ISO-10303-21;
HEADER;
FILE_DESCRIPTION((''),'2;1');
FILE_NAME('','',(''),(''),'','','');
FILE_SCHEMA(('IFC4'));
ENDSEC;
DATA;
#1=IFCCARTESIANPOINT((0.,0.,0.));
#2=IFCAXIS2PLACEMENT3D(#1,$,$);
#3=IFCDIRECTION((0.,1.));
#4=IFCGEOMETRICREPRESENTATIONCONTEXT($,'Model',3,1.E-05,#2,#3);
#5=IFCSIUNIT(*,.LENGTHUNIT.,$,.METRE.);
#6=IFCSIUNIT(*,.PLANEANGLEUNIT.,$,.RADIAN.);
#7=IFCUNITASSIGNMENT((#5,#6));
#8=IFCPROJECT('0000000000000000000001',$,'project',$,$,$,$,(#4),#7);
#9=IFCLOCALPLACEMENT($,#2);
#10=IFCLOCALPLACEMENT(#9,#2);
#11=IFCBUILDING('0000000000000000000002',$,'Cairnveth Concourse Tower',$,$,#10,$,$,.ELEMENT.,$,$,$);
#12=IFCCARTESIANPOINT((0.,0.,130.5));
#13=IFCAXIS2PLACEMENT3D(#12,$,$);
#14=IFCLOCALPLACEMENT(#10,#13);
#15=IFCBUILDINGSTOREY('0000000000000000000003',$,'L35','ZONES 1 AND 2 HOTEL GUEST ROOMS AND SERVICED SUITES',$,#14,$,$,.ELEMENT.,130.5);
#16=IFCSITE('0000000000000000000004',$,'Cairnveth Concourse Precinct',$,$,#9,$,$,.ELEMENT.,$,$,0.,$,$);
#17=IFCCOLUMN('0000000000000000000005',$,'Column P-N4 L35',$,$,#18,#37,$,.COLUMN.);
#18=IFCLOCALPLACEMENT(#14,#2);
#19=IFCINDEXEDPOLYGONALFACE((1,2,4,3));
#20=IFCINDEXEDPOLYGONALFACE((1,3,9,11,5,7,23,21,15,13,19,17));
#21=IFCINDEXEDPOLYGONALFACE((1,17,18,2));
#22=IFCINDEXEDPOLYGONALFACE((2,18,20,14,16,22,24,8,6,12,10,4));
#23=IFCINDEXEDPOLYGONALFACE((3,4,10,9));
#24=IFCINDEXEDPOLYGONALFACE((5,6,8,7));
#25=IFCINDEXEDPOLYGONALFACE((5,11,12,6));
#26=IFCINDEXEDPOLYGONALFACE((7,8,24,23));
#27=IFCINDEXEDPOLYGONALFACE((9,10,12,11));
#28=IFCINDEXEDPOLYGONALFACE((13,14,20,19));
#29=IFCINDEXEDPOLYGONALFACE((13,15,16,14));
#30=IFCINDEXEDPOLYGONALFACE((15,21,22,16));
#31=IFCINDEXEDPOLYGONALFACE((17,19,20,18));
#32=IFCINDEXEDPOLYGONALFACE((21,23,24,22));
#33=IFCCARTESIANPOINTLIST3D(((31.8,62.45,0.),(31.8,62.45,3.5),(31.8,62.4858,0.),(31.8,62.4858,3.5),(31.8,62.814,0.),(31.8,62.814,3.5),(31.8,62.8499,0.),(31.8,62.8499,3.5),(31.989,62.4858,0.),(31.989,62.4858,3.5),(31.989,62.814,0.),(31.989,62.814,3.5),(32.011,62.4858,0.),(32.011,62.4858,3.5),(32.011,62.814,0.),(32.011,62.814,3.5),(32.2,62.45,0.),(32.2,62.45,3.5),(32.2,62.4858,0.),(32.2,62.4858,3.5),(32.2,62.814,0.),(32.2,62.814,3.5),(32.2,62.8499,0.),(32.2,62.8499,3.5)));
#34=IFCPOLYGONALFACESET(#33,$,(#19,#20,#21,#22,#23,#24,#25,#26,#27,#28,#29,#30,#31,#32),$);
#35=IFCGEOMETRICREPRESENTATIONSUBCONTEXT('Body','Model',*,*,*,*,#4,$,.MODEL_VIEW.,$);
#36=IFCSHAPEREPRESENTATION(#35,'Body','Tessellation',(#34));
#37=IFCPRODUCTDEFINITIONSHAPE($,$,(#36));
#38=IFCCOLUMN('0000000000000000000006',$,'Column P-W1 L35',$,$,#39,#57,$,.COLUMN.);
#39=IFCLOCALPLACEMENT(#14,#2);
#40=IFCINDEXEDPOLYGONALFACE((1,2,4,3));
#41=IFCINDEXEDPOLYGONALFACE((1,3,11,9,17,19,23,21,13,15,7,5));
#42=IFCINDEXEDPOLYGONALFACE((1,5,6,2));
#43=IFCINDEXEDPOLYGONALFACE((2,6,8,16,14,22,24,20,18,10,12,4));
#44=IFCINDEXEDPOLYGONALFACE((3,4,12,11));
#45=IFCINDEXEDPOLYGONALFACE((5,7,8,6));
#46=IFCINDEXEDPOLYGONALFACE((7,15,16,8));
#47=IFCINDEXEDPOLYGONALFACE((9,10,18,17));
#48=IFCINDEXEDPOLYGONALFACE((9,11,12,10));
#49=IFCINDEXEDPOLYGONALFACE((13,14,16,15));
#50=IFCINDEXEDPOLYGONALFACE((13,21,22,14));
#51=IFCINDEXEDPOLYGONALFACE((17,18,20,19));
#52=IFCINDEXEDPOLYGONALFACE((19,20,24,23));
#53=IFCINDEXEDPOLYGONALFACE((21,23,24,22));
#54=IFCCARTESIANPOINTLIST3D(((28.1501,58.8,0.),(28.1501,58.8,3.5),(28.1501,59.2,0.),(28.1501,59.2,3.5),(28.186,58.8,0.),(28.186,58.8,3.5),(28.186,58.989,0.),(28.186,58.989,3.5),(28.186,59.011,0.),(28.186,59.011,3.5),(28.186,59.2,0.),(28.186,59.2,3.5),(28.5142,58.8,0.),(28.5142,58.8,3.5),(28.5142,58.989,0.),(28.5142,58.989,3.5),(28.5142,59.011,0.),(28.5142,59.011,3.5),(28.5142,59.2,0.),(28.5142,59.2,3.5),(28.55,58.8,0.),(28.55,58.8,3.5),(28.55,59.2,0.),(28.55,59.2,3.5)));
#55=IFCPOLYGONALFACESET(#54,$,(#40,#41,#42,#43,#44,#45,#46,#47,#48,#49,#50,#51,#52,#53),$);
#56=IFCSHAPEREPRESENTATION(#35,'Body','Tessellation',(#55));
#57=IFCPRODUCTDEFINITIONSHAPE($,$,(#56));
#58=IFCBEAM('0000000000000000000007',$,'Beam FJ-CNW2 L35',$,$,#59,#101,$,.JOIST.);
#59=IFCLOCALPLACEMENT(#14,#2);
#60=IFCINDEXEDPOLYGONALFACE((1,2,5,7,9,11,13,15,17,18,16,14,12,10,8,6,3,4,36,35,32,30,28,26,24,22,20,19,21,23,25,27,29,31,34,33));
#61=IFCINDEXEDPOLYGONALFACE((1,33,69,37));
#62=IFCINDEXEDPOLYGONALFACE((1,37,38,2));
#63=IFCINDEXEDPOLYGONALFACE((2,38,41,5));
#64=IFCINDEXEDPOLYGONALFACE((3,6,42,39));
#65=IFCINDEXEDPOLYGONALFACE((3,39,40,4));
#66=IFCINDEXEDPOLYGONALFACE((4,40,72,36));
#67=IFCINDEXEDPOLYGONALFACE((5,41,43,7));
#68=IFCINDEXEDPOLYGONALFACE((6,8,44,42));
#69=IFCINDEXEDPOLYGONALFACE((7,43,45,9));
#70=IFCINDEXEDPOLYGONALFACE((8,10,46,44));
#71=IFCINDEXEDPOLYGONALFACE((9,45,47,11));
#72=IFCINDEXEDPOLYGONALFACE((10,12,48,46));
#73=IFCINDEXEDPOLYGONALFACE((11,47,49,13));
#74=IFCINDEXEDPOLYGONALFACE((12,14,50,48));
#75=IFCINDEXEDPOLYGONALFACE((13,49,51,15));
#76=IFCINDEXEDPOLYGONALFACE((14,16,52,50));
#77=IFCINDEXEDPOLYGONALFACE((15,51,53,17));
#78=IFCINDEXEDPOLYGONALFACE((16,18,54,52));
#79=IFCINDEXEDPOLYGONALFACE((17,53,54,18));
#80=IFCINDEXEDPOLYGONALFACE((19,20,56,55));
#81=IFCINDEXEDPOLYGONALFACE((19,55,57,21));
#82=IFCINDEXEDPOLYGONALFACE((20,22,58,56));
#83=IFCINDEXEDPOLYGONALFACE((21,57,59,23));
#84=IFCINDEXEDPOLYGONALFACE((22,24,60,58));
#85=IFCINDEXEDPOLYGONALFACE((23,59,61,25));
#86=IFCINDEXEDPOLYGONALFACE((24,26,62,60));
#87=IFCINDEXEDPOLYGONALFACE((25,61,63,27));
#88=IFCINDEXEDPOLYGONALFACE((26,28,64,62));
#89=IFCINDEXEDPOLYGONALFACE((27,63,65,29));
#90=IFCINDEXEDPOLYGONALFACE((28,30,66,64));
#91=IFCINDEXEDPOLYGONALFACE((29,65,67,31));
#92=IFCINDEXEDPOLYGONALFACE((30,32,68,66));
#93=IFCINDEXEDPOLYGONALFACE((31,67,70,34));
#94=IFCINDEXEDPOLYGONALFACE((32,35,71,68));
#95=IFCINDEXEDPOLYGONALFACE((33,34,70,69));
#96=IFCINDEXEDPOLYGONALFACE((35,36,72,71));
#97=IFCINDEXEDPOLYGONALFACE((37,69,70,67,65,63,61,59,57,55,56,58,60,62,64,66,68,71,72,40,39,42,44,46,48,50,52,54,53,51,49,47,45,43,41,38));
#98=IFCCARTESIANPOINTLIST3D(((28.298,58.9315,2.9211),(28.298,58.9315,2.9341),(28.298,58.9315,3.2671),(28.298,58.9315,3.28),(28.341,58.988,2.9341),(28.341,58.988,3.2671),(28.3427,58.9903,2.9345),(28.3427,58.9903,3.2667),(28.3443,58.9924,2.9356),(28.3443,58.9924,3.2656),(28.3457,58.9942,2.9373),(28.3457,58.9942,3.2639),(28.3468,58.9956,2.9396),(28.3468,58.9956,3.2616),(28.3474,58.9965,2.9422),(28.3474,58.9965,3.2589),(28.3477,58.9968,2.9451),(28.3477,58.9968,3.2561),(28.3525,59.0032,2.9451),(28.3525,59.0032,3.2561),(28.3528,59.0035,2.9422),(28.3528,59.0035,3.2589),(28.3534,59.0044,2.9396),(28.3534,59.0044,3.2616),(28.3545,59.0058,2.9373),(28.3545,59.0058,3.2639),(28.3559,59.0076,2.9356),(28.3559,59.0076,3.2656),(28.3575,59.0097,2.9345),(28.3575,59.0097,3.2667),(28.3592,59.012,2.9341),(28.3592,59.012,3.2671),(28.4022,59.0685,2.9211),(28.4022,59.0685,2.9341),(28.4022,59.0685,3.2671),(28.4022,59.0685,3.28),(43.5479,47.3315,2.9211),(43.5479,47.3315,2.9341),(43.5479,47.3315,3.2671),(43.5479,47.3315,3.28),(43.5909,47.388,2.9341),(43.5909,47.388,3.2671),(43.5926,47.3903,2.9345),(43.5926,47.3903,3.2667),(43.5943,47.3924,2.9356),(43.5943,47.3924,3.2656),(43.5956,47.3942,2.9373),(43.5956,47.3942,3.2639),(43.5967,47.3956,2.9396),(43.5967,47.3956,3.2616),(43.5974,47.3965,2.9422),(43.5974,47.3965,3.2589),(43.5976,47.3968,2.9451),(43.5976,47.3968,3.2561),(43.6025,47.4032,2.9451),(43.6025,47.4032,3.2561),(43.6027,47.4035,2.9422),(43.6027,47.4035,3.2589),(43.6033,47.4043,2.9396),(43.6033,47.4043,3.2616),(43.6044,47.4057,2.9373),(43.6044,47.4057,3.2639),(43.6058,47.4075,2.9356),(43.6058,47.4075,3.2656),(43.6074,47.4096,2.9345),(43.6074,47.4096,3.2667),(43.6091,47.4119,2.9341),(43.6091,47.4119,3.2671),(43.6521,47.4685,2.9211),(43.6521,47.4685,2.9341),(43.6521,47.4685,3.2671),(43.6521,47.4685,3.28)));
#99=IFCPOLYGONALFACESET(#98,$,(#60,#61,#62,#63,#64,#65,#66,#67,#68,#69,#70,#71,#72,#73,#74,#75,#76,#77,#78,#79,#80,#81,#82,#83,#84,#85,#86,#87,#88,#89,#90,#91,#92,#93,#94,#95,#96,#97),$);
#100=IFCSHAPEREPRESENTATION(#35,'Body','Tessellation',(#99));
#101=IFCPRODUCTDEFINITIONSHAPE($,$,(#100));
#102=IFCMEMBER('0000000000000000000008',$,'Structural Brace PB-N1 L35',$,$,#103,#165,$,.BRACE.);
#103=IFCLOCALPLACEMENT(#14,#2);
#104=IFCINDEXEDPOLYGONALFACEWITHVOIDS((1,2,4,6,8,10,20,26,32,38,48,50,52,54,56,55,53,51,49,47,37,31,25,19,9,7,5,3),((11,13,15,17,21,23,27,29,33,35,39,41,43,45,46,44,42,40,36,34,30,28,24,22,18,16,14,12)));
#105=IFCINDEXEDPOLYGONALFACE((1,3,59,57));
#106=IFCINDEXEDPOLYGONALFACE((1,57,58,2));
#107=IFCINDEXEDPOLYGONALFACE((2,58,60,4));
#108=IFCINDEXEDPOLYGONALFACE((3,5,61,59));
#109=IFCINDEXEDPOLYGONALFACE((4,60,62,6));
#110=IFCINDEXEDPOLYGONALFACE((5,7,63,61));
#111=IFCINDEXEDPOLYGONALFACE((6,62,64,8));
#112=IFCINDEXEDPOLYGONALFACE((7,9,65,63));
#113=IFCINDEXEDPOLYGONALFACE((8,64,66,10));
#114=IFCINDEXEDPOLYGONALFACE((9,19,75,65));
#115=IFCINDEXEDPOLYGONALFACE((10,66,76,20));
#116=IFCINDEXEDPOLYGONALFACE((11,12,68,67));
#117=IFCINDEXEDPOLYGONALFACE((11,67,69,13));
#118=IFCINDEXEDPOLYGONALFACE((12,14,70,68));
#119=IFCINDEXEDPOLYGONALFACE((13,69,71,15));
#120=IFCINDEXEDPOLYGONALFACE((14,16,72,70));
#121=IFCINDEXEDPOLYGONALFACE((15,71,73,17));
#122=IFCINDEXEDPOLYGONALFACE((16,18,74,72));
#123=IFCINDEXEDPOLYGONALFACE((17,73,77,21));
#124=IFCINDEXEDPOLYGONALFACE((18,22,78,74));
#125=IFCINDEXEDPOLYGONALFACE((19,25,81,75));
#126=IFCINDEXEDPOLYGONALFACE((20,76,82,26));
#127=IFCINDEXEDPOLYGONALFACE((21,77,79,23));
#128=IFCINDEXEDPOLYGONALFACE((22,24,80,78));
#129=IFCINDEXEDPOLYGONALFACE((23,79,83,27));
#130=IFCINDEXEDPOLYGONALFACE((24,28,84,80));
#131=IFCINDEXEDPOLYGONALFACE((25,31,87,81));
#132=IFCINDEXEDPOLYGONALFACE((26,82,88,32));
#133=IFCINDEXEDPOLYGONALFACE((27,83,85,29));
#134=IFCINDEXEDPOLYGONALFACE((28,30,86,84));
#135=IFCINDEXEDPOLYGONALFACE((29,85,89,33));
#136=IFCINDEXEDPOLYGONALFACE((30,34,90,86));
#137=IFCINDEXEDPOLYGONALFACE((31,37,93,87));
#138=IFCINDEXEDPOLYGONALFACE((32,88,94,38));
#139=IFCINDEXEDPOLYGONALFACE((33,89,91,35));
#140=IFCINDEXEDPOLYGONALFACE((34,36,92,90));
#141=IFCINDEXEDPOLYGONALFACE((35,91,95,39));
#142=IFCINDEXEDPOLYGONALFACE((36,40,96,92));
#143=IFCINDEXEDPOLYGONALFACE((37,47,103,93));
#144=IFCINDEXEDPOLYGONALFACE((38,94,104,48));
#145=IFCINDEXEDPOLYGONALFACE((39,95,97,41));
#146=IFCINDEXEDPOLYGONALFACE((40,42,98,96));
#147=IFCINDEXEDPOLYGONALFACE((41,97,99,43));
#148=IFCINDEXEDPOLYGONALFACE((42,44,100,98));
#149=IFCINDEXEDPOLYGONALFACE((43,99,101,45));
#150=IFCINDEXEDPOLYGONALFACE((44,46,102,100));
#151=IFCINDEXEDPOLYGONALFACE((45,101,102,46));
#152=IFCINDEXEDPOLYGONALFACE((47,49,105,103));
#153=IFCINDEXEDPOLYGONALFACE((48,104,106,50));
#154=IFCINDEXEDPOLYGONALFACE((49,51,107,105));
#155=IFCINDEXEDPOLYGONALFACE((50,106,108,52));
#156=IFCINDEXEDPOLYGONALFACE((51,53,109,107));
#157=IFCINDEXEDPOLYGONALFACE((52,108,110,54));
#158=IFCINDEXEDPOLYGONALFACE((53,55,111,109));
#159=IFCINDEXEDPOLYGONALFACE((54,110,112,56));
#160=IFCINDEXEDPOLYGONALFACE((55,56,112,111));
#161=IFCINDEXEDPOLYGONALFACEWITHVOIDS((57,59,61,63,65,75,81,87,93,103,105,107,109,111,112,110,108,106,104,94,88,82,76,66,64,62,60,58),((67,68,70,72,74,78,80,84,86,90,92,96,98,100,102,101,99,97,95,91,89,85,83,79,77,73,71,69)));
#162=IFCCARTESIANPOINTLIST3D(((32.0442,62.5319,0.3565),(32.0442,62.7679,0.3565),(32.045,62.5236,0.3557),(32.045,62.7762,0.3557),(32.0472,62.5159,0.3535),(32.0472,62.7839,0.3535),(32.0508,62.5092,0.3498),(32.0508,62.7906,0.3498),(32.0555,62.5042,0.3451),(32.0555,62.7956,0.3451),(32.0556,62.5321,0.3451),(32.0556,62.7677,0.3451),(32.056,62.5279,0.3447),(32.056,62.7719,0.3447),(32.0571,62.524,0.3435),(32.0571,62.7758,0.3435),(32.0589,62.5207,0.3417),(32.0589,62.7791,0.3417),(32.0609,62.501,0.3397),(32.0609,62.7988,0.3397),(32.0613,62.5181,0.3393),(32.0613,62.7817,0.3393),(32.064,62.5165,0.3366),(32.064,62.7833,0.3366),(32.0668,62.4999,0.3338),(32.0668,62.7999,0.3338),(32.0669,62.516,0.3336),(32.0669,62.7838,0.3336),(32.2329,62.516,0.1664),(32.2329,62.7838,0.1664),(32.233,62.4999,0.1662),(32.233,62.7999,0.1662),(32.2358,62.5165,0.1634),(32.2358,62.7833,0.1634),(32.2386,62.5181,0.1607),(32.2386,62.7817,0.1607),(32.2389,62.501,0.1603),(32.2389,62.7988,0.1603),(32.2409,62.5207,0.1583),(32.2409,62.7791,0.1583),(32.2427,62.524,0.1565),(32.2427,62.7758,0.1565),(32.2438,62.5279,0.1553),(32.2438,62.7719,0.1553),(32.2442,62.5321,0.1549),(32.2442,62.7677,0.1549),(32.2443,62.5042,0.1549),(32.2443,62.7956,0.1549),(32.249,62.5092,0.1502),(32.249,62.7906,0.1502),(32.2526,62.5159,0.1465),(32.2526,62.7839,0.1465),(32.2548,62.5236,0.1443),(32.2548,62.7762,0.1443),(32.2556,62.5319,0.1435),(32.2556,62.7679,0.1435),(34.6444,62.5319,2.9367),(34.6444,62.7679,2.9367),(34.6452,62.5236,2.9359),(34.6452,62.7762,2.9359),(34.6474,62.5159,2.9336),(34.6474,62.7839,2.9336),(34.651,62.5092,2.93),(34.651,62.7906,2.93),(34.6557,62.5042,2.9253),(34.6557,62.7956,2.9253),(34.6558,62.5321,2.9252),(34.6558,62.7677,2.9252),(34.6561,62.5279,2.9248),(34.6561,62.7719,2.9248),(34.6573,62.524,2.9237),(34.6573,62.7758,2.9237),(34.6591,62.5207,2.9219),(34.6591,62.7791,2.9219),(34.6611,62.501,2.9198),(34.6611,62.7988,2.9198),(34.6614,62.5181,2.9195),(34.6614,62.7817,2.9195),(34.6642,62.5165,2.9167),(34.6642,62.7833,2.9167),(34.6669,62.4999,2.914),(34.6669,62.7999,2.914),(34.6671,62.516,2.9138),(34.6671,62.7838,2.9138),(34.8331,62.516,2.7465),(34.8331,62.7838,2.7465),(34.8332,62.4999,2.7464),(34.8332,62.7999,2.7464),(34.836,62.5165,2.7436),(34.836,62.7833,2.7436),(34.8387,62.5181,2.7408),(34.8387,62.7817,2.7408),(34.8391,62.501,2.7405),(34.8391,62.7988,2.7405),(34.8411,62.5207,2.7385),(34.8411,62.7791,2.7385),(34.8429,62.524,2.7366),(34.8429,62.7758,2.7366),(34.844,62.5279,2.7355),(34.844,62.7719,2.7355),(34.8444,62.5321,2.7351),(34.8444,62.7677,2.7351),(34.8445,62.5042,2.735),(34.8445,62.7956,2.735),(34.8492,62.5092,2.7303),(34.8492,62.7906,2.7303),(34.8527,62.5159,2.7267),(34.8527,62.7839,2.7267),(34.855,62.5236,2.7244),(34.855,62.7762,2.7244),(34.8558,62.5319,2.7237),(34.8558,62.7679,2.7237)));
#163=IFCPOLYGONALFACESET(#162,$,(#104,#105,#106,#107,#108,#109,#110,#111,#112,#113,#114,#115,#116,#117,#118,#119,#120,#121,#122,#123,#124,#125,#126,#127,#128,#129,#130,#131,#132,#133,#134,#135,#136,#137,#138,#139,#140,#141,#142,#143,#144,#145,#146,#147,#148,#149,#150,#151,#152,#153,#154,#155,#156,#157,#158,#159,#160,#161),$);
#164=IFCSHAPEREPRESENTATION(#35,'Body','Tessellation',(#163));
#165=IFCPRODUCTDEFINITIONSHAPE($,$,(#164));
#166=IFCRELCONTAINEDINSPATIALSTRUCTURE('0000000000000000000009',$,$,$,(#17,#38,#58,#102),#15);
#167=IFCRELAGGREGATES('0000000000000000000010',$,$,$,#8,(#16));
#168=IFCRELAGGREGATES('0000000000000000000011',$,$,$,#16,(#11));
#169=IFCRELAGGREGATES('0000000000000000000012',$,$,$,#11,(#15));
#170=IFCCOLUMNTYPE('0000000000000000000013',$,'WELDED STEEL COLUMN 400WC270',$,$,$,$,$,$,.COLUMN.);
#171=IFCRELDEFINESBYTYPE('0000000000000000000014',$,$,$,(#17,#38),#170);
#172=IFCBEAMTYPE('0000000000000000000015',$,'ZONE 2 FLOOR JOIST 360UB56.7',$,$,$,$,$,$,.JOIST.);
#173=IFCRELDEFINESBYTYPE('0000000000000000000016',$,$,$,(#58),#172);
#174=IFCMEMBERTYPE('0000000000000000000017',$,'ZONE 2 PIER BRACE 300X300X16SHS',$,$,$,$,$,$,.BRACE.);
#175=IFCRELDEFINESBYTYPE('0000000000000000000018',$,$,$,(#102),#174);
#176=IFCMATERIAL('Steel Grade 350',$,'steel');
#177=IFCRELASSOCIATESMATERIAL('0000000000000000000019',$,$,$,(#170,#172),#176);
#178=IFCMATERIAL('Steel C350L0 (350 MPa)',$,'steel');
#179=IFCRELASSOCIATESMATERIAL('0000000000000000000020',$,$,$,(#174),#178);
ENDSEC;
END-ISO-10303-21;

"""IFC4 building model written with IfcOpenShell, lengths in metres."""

from ifc_helpers import new_model, si_unit, direction, frame, origin, origin_2d, place, context, subcontext, project, spatial, hollow_rectangle, i_section, extrude, material, material_profile, profile_set, type_object, element, save


model = new_model("IFC4")

# Units and contexts
model_context = context("Model", 3, precision=1e-05, world=origin(), true_north=direction((0.0, 1.0)))
body_context = subcontext(model_context, "Body", "Model", "MODEL_VIEW")
ifc_project = project(units=[si_unit("LENGTHUNIT", "METRE"), si_unit("PLANEANGLEUNIT", "RADIAN")], contexts=[model_context])

# Site, building, storey
site_placement = place(None, origin())
site = spatial("IfcSite", under=ifc_project, at=site_placement, Name="Cairnveth Concourse Precinct", CompositionType="ELEMENT", RefElevation=0.0)
building_placement = place(site_placement, origin())
building = spatial("IfcBuilding", under=site, at=building_placement, Name="Cairnveth Concourse Tower", CompositionType="ELEMENT")
storey_placement = place(building_placement, frame((0.0, 0.0, 130.5)))
storey = spatial("IfcBuildingStorey", under=building, at=storey_placement, Name="L35", Description="ZONES 1 AND 2 HOTEL GUEST ROOMS AND SERVICED SUITES", CompositionType="ELEMENT", Elevation=130.5)

# Columns
ifc_material_1 = material(Name="Steel Grade 350", Category="steel")
ifc_material_profile_1 = material_profile(ifc_material_1, i_section(OverallWidth=0.3999, OverallDepth=0.3999, WebThickness=0.022, FlangeThickness=0.0359, at=origin_2d()), Name="400WC270")
ifc_profile_set_1 = profile_set([ifc_material_profile_1], Name="Steel Grade 350")
column_type = type_object("IfcColumnType", Name="WELDED STEEL COLUMN 400WC270", PredefinedType="COLUMN", material=ifc_profile_set_1)
for number, where, z_axis, x_axis, name in (
    (1, (32.0, 62.6499, 0.0), (0.0, 0.0, 1.0), (1.0, 0.0, 0.0), "Column P-N4 L35"),
    (2, (28.3501, 59.0, 0.0), (0.0, 0.0, 1.0), (0.0, 1.0, 0.0), "Column P-W1 L35"),
):
    element("IfcColumn", number, at=place(storey_placement, frame(where, z_axis=z_axis, x_axis=x_axis)), inside=storey, type_object=column_type, Name=name, PredefinedType="COLUMN", context=body_context, shape_type="SweptSolid", body=[
        extrude(i_section(OverallWidth=0.3999, OverallDepth=0.3999, WebThickness=0.022, FlangeThickness=0.0359, at=origin_2d()), origin(), (0.0, 0.0, 1.0), 3.5),
    ])

# Beam
ifc_material_profile_2 = material_profile(ifc_material_1, i_section(OverallWidth=0.1721, OverallDepth=0.3589, WebThickness=0.0081, FlangeThickness=0.0129, FilletRadius=0.011, at=origin_2d()), Name="360UB56.7")
ifc_profile_set_2 = profile_set([ifc_material_profile_2], Name="Steel Grade 350")
beam_type_1 = type_object("IfcBeamType", Name="ZONE 2 FLOOR JOIST 360UB56.7", PredefinedType="JOIST", material=ifc_profile_set_2)
beam_1_placement = place(storey_placement, frame((28.3501, 59.0, 3.1006), z_axis=(0.795908, -0.605417, 0.0), x_axis=(0.605417, 0.795908, 0.0)))
element("IfcBeam", 3, at=beam_1_placement, inside=storey, type_object=beam_type_1, Name="Beam FJ-CNW2 L35", PredefinedType="JOIST", context=body_context, shape_type="SweptSolid", body=[
    extrude(i_section(OverallWidth=0.1721, OverallDepth=0.3589, WebThickness=0.0081, FlangeThickness=0.0129, FilletRadius=0.011, at=origin_2d()), origin(), (0.0, 0.0, 1.0), 19.1604),
])

# Member
ifc_material_2 = material(Name="Steel C350L0 (350 MPa)", Category="steel")
ifc_material_profile_3 = material_profile(ifc_material_2, hollow_rectangle(XDim=0.3, YDim=0.3, WallThickness=0.0161, InnerFilletRadius=0.0161, OuterFilletRadius=0.032, at=origin_2d()), Name="300x300x16.0SHS")
ifc_profile_set_3 = profile_set([ifc_material_profile_3], Name="Steel C350L0 (350 MPa)")
member_type = type_object("IfcMemberType", Name="ZONE 2 PIER BRACE 300X300X16SHS", PredefinedType="BRACE", material=ifc_profile_set_3)
for number, where, z_axis, x_axis, name in (
    (4, (32.1499, 62.6499, 0.25), (0.709834, 0.0, 0.704369), (0.0, 1.0, 0.0), "Structural Brace PB-N1 L35"),
):
    element("IfcMember", number, at=place(storey_placement, frame(where, z_axis=z_axis, x_axis=x_axis)), inside=storey, type_object=member_type, Name=name, PredefinedType="BRACE", context=body_context, shape_type="SweptSolid", body=[
        extrude(hollow_rectangle(XDim=0.3, YDim=0.3, WallThickness=0.0161, InnerFilletRadius=0.0161, OuterFilletRadius=0.032, at=origin_2d()), origin(), (0.0, 0.0, 1.0), 3.6631),
    ])

save(model, "model.ifc")
